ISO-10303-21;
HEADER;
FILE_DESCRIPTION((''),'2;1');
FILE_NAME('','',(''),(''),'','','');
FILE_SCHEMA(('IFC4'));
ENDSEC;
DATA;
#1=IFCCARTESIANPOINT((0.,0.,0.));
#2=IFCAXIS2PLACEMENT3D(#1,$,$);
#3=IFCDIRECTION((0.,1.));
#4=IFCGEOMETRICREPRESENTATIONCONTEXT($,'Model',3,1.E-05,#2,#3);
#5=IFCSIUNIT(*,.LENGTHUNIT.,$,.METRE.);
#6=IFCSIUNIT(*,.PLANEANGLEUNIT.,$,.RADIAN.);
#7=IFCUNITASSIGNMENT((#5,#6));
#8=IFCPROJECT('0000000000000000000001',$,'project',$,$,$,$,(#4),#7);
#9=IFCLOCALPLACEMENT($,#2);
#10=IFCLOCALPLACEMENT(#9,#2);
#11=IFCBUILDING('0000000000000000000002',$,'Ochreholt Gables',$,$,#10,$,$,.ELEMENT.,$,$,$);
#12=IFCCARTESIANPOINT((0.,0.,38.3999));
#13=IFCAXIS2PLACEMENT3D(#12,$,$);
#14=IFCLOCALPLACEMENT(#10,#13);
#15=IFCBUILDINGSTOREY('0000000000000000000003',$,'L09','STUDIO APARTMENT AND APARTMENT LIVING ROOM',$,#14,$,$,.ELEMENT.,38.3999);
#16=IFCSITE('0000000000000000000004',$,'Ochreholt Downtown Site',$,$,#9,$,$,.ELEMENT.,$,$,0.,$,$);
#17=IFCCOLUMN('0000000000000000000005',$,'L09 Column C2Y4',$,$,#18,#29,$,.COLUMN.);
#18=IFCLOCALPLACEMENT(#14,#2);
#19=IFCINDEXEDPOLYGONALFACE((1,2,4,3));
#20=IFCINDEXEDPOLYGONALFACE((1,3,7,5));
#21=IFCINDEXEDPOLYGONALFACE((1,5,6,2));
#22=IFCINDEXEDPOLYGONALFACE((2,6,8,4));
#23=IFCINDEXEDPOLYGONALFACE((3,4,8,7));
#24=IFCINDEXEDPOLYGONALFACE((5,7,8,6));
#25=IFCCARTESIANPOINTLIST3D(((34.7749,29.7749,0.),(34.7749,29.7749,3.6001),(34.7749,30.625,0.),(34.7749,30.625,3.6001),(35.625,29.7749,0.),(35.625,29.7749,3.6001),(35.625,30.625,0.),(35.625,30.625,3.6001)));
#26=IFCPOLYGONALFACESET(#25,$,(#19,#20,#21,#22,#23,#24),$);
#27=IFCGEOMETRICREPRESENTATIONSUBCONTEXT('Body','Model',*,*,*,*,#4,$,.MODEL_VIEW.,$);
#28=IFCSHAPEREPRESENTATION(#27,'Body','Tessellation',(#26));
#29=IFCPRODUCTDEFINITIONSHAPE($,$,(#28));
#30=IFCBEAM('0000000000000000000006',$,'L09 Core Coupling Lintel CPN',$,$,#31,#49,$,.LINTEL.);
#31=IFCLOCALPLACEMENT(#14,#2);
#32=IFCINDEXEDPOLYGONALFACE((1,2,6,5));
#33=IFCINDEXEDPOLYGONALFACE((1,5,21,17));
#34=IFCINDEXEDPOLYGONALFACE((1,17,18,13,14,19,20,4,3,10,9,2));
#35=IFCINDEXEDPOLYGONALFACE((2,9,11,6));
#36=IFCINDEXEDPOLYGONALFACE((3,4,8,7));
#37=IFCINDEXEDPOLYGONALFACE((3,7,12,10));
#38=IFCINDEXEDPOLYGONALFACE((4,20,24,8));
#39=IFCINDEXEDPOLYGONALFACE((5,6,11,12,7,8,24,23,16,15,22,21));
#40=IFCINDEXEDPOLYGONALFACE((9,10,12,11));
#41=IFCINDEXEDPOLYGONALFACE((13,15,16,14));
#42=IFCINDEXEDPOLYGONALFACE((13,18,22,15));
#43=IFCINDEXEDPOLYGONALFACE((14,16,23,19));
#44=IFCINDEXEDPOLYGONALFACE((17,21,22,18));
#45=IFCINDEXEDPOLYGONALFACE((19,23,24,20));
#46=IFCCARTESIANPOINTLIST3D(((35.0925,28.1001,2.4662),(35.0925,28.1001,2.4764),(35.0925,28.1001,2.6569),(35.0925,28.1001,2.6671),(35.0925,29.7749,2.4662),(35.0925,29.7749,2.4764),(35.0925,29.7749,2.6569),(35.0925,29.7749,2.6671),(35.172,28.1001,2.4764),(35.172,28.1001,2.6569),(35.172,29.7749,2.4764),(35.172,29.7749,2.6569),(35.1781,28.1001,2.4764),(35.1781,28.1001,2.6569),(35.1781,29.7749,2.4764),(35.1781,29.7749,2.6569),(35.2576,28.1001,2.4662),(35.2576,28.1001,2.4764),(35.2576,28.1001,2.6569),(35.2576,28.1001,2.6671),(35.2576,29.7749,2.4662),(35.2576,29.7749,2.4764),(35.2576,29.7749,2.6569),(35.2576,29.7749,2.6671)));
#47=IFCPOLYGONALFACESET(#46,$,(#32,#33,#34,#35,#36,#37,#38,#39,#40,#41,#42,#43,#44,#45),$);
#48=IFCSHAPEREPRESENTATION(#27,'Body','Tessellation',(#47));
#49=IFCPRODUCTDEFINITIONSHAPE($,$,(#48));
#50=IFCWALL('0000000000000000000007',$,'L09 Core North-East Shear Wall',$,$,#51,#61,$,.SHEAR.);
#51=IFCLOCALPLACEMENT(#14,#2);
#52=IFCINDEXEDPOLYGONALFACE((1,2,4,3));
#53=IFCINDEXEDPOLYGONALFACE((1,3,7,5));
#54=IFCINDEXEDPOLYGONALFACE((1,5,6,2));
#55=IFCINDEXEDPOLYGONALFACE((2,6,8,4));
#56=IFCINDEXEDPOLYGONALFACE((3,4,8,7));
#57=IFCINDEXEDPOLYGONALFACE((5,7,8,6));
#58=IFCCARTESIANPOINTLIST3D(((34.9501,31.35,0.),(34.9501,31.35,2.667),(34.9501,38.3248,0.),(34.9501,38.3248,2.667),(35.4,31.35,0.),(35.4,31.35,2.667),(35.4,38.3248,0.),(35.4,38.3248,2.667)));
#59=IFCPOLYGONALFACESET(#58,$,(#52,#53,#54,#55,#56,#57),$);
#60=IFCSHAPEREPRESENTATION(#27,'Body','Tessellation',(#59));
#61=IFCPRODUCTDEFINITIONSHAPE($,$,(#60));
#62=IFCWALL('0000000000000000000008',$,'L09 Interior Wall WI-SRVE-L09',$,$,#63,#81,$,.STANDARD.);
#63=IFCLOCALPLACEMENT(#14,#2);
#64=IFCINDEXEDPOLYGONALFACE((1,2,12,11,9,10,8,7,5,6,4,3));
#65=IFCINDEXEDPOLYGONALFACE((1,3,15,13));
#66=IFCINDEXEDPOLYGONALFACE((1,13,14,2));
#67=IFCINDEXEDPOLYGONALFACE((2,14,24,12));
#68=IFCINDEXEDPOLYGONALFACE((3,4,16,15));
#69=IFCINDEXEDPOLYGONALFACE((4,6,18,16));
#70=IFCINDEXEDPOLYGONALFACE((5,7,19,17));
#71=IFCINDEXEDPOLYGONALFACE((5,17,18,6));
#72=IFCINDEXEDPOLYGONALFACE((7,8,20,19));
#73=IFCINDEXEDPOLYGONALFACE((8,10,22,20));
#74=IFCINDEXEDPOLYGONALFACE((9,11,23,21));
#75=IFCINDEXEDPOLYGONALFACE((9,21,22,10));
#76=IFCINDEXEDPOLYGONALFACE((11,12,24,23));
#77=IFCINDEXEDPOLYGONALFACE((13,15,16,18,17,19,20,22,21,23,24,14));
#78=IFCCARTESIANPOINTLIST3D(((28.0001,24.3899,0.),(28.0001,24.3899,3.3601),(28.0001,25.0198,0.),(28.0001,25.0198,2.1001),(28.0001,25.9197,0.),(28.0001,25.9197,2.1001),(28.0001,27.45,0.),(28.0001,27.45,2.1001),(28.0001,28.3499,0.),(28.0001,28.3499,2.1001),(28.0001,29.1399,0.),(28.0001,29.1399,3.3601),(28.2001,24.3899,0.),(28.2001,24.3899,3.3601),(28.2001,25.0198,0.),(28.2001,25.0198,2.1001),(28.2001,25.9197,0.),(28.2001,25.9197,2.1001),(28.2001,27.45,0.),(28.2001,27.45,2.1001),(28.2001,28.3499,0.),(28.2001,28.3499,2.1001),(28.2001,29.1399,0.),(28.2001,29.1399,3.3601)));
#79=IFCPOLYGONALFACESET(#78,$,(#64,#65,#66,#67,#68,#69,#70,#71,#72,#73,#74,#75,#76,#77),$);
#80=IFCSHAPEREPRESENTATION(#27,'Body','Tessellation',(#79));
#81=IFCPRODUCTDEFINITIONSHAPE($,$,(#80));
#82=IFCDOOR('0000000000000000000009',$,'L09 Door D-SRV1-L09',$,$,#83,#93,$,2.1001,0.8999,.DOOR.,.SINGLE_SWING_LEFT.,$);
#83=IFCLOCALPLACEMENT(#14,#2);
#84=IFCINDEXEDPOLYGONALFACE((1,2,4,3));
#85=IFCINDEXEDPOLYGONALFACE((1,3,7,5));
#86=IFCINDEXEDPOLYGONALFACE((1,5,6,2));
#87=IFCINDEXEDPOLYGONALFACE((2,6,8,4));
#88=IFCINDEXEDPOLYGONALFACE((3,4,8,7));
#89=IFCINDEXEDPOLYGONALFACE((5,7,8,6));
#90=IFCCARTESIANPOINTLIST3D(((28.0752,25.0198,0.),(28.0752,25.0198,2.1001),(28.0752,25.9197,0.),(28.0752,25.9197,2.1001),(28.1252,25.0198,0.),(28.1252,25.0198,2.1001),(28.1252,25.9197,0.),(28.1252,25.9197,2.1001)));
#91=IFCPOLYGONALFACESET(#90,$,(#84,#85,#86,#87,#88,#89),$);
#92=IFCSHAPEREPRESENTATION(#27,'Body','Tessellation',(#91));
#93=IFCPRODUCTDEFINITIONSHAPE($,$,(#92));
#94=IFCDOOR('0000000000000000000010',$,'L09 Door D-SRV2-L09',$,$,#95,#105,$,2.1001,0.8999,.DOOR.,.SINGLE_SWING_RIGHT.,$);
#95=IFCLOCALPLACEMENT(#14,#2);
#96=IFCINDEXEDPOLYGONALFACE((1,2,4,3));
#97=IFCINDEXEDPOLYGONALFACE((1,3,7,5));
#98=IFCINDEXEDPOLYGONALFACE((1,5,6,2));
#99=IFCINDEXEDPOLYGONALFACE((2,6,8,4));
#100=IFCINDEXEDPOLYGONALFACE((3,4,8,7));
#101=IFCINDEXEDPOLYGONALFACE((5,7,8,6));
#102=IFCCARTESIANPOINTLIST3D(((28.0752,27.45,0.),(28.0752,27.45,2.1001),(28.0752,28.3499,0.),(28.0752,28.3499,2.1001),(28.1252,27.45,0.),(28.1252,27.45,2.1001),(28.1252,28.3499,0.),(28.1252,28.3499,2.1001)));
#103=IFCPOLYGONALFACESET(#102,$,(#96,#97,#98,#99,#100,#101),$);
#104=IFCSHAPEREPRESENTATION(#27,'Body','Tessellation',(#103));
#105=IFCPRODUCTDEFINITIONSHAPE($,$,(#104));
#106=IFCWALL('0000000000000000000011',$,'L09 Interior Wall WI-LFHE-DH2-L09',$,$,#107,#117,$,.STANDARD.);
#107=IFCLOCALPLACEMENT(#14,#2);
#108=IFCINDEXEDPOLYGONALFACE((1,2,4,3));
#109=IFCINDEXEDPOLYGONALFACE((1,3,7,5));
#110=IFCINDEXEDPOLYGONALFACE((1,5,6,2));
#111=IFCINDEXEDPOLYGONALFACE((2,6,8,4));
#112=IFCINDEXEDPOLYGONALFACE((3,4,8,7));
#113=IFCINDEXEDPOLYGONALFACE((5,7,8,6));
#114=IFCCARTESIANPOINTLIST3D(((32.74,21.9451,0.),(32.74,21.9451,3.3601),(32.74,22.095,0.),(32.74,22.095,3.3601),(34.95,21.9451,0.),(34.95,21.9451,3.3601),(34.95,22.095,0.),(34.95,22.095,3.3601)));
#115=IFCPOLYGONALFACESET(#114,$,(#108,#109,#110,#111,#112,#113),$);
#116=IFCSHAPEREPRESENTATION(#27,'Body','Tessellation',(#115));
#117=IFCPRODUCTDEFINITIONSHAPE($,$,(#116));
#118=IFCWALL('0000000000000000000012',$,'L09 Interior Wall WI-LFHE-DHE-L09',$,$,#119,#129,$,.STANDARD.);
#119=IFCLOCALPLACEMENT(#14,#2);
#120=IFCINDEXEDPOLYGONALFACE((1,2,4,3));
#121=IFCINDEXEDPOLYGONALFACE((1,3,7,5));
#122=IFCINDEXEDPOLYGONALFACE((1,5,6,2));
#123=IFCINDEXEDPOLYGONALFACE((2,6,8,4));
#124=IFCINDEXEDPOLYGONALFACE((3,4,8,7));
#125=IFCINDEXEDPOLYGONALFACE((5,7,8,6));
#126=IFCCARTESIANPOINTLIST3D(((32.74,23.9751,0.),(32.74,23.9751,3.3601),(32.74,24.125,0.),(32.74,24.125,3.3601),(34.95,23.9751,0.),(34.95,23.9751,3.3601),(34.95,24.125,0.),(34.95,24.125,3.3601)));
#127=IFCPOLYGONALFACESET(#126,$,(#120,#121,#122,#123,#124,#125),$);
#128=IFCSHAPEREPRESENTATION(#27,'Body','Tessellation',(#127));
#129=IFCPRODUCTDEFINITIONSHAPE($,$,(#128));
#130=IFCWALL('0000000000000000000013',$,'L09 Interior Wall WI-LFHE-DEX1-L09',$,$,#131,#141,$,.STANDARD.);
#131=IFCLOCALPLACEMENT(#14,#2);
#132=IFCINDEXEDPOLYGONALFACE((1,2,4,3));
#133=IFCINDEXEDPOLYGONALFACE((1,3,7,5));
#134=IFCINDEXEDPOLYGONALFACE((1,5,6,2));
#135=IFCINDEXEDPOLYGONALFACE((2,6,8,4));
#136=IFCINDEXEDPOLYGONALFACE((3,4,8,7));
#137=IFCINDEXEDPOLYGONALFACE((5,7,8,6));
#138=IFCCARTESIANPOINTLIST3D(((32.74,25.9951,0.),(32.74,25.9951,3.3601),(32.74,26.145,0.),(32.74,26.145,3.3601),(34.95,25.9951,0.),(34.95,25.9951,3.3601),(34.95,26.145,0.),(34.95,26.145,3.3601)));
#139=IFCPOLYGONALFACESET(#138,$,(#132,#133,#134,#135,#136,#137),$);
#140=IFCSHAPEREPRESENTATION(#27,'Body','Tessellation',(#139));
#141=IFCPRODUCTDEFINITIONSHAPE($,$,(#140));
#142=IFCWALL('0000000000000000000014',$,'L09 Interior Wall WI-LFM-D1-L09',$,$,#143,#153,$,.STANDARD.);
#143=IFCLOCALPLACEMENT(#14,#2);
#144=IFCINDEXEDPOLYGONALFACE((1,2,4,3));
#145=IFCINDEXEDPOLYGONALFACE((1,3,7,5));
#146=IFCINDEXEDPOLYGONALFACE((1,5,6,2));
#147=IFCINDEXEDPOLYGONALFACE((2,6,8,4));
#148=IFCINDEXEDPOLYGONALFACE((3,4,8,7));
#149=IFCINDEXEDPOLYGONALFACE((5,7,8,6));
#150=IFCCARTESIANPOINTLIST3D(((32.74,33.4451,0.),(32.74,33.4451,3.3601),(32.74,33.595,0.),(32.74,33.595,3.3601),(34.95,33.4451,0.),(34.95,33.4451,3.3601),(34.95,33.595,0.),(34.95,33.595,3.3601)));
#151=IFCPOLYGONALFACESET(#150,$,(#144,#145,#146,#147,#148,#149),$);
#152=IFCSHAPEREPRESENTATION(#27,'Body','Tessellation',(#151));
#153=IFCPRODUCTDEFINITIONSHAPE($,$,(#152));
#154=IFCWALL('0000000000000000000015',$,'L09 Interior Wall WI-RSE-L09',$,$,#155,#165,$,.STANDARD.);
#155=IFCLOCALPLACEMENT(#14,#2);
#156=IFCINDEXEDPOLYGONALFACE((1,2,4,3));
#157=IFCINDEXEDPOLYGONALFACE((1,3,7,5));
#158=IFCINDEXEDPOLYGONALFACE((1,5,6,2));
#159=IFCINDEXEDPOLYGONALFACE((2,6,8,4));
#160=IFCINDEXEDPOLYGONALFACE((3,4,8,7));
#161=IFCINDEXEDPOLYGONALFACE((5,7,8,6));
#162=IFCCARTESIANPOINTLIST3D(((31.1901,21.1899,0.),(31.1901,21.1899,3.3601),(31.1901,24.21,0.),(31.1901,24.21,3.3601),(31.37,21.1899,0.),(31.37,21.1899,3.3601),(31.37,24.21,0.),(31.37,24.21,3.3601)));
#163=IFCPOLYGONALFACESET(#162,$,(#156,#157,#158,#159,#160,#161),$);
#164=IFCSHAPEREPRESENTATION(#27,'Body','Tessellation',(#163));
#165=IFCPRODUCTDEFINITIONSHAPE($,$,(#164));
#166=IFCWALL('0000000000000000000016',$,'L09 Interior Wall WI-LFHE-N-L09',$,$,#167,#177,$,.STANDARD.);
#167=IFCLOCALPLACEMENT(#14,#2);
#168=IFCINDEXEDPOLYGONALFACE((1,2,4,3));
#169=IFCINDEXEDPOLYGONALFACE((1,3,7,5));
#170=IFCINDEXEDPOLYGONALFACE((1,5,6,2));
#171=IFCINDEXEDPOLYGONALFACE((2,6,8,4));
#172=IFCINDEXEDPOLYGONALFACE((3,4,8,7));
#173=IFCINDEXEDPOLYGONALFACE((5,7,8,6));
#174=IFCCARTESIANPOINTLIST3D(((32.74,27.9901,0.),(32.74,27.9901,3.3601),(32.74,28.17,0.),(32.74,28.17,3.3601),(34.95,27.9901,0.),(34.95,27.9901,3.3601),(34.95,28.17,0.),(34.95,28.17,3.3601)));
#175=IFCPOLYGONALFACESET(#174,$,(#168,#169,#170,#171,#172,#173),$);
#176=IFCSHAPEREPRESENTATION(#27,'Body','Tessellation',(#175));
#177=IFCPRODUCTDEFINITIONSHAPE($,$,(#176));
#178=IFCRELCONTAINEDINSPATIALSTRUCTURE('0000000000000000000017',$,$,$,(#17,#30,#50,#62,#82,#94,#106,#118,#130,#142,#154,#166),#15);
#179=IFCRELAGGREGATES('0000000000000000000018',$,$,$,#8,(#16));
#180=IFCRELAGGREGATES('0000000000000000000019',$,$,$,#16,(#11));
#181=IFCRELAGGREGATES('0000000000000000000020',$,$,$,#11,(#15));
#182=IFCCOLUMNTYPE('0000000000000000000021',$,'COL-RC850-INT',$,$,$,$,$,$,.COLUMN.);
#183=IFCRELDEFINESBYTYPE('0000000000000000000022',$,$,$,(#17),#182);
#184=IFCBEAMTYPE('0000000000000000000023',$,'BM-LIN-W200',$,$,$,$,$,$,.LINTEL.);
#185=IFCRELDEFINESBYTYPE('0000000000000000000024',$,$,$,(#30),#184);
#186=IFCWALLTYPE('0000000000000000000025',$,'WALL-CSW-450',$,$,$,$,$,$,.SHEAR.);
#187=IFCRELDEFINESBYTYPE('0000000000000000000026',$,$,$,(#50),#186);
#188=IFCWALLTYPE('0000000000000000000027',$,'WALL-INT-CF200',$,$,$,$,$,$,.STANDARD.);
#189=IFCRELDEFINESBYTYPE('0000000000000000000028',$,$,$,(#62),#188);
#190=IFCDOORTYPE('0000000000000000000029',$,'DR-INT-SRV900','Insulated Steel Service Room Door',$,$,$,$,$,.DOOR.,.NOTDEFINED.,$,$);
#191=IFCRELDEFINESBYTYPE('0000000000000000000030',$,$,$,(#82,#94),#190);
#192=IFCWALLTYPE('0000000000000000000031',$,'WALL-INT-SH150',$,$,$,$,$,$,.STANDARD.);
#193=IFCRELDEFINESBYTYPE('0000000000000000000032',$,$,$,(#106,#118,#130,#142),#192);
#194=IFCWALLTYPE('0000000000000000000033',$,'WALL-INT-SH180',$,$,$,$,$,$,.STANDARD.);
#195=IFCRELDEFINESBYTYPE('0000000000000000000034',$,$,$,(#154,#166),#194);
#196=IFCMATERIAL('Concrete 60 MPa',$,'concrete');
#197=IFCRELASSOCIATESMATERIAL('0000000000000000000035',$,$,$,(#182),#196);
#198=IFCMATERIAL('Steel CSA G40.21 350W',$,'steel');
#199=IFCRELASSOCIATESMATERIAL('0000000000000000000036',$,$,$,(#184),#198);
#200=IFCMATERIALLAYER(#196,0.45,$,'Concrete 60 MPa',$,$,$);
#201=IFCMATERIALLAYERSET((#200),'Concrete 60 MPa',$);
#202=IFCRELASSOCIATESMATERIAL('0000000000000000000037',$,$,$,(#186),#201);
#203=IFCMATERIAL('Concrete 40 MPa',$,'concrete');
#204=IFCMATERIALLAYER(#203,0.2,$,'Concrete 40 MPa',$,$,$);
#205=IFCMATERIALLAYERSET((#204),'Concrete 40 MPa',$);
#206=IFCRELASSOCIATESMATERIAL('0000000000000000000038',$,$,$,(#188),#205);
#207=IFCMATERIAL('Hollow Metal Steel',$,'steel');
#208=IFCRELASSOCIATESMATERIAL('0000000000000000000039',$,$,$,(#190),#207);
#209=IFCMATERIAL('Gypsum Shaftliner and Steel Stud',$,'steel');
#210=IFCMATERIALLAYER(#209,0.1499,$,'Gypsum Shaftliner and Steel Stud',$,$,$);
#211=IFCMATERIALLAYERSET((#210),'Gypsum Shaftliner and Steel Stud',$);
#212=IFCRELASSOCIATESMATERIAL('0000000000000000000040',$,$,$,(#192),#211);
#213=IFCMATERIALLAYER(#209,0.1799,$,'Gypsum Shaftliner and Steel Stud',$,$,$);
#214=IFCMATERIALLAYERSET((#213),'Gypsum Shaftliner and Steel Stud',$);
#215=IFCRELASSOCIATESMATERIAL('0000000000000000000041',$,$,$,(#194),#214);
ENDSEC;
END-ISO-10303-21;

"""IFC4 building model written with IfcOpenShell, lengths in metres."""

from ifc_helpers import new_model, si_unit, direction, frame, frame_2d, origin, origin_2d, place, context, subcontext, project, spatial, rectangle, i_section, extrude, material, layer, layer_set, material_profile, profile_set, type_object, element, fill, save


model = new_model("IFC4")

# Units and contexts
model_context = context("Model", 3, precision=1e-05, world=origin(), true_north=direction((0.0, 1.0)))
body_context = subcontext(model_context, "Body", "Model", "MODEL_VIEW")
ifc_project = project(units=[si_unit("LENGTHUNIT", "METRE"), si_unit("PLANEANGLEUNIT", "RADIAN")], contexts=[model_context])

# Site, building, storey
site_placement = place(None, origin())
site = spatial("IfcSite", under=ifc_project, at=site_placement, Name="Ochreholt Downtown Site", CompositionType="ELEMENT", RefElevation=0.0)
building_placement = place(site_placement, origin())
building = spatial("IfcBuilding", under=site, at=building_placement, Name="Ochreholt Gables", CompositionType="ELEMENT")
storey_placement = place(building_placement, frame((0.0, 0.0, 38.3999)))
storey = spatial("IfcBuildingStorey", under=building, at=storey_placement, Name="L09", Description="STUDIO APARTMENT AND APARTMENT LIVING ROOM", CompositionType="ELEMENT", Elevation=38.3999)

# Column
ifc_material_1 = material(Name="Concrete 60 MPa", Category="concrete")
ifc_material_profile_1 = material_profile(ifc_material_1, rectangle(XDim=0.8501, YDim=0.8501, at=origin_2d()), Name="RC850X850")
ifc_profile_set_1 = profile_set([ifc_material_profile_1], Name="Concrete 60 MPa")
column_type = type_object("IfcColumnType", Name="COL-RC850-INT", PredefinedType="COLUMN", material=ifc_profile_set_1)
column_placement = place(storey_placement, frame((35.2, 30.2, 0.0), z_axis=(0.0, 0.0, 1.0), x_axis=(1.0, 0.0, 0.0)))
element("IfcColumn", 1, at=column_placement, inside=storey, type_object=column_type, Name="L09 Column C2Y4", PredefinedType="COLUMN", context=body_context, shape_type="SweptSolid", body=[
    extrude(rectangle(XDim=0.8501, YDim=0.8501, at=origin_2d()), origin(), (0.0, 0.0, 1.0), 3.6001),
])

# Beam
ifc_material_2 = material(Name="Steel CSA G40.21 350W", Category="steel")
ifc_material_profile_2 = material_profile(ifc_material_2, i_section(OverallWidth=0.165, OverallDepth=0.2009, WebThickness=0.0061, FlangeThickness=0.0103, at=origin_2d()), Name="W200X36")
ifc_profile_set_2 = profile_set([ifc_material_profile_2], Name="Steel CSA G40.21 350W")
beam_type = type_object("IfcBeamType", Name="BM-LIN-W200", PredefinedType="LINTEL", material=ifc_profile_set_2)
beam_placement = place(storey_placement, frame((35.175, 28.1001, 2.5667), z_axis=(0.0, 1.0, 0.0), x_axis=(-1.0, 0.0, 0.0)))
element("IfcBeam", 2, at=beam_placement, inside=storey, type_object=beam_type, Name="L09 Core Coupling Lintel CPN", PredefinedType="LINTEL", context=body_context, shape_type="SweptSolid", body=[
    extrude(i_section(OverallWidth=0.165, OverallDepth=0.2009, WebThickness=0.0061, FlangeThickness=0.0103, at=origin_2d()), origin(), (0.0, 0.0, 1.0), 1.6748),
])

# Wall
ifc_layer_1 = layer(ifc_material_1, 0.45, Name="Concrete 60 MPa")
ifc_layer_set_1 = layer_set([ifc_layer_1], Name="Concrete 60 MPa")
wall_type_1 = type_object("IfcWallType", Name="WALL-CSW-450", PredefinedType="SHEAR", material=ifc_layer_set_1)
wall_1_placement = place(storey_placement, frame((35.175, 31.3501, 0.0), z_axis=(0.0, 0.0, 1.0), x_axis=(0.0, 1.0, 0.0)))
element("IfcWall", 3, at=wall_1_placement, inside=storey, type_object=wall_type_1, Name="L09 Core North-East Shear Wall", PredefinedType="SHEAR", context=body_context, shape_type="SweptSolid", body=[
    extrude(rectangle(XDim=6.9749, YDim=0.45, at=frame_2d((3.4873, 0.0))), origin(), (0.0, 0.0, 1.0), 2.667),
])

# Wall, openings, doors
ifc_material_3 = material(Name="Concrete 40 MPa", Category="concrete")
ifc_layer_2 = layer(ifc_material_3, 0.2, Name="Concrete 40 MPa")
ifc_layer_set_2 = layer_set([ifc_layer_2], Name="Concrete 40 MPa")
wall_type_2 = type_object("IfcWallType", Name="WALL-INT-CF200", PredefinedType="STANDARD", material=ifc_layer_set_2)
wall_2_placement = place(storey_placement, frame((28.1001, 24.3899, 0.0), z_axis=(0.0, 0.0, 1.0), x_axis=(0.0, 1.0, 0.0)))
wall_2 = element("IfcWall", 4, at=wall_2_placement, inside=storey, type_object=wall_type_2, Name="L09 Interior Wall WI-SRVE-L09", PredefinedType="STANDARD", context=body_context, shape_type="SweptSolid", body=[
    extrude(rectangle(XDim=4.75, YDim=0.2, at=frame_2d((2.375, 0.0))), origin(), (0.0, 0.0, 1.0), 3.3601),
])
opening_1_placement = place(wall_2_placement, frame((0.6299, 0.0, 0.0)))
opening_1 = element("IfcOpeningElement", 5, at=opening_1_placement, cuts=wall_2, PredefinedType="OPENING", context=body_context, shape_type="SweptSolid", body=[
    extrude(rectangle(XDim=0.8999, YDim=2.1001, at=frame_2d((0.45, 1.05))), frame((0.0, 0.1099, 0.0), z_axis=(0.0, -1.0, 0.0), x_axis=(1.0, 0.0, 0.0)), (0.0, 0.0, 1.0), 0.22),
])
opening_2_placement = place(wall_2_placement, frame((3.0601, 0.0, 0.0)))
opening_2 = element("IfcOpeningElement", 6, at=opening_2_placement, cuts=wall_2, PredefinedType="OPENING", context=body_context, shape_type="SweptSolid", body=[
    extrude(rectangle(XDim=0.8999, YDim=2.1001, at=frame_2d((0.45, 1.05))), frame((0.0, 0.1099, 0.0), z_axis=(0.0, -1.0, 0.0), x_axis=(1.0, 0.0, 0.0)), (0.0, 0.0, 1.0), 0.22),
])
ifc_material_4 = material(Name="Hollow Metal Steel", Category="steel")
door_type = type_object("IfcDoorType", Name="DR-INT-SRV900", Description="Insulated Steel Service Room Door", OperationType="NOTDEFINED", PredefinedType="DOOR", material=ifc_material_4)
door_1_placement = place(opening_1_placement, origin())
door_1 = element("IfcDoor", 7, at=door_1_placement, inside=storey, type_object=door_type, Name="L09 Door D-SRV1-L09", OperationType="SINGLE_SWING_LEFT", OverallHeight=2.1001, OverallWidth=0.8999, PredefinedType="DOOR", context=body_context, shape_type="SweptSolid", body=[
    extrude(rectangle(XDim=0.8999, YDim=2.1001, at=frame_2d((0.45, 1.05))), frame((0.0, 0.0249, 0.0), z_axis=(0.0, -1.0, 0.0), x_axis=(1.0, 0.0, 0.0)), (0.0, 0.0, 1.0), 0.05),
])
fill(opening_1, door_1)
door_2_placement = place(opening_2_placement, origin())
door_2 = element("IfcDoor", 8, at=door_2_placement, inside=storey, type_object=door_type, Name="L09 Door D-SRV2-L09", OperationType="SINGLE_SWING_RIGHT", OverallHeight=2.1001, OverallWidth=0.8999, PredefinedType="DOOR", context=body_context, shape_type="SweptSolid", body=[
    extrude(rectangle(XDim=0.8999, YDim=2.1001, at=frame_2d((0.45, 1.05))), frame((0.0, 0.0249, 0.0), z_axis=(0.0, -1.0, 0.0), x_axis=(1.0, 0.0, 0.0)), (0.0, 0.0, 1.0), 0.05),
])
fill(opening_2, door_2)

# Walls
ifc_material_5 = material(Name="Gypsum Shaftliner and Steel Stud", Category="steel")
ifc_layer_3 = layer(ifc_material_5, 0.1499, Name="Gypsum Shaftliner and Steel Stud")
ifc_layer_set_3 = layer_set([ifc_layer_3], Name="Gypsum Shaftliner and Steel Stud")
wall_type_3 = type_object("IfcWallType", Name="WALL-INT-SH150", PredefinedType="STANDARD", material=ifc_layer_set_3)
for number, where, z_axis, x_axis, name in (
    (9, (32.74, 22.02, 0.0), (0.0, 0.0, 1.0), (1.0, 0.0, 0.0), "L09 Interior Wall WI-LFHE-DH2-L09"),
    (10, (32.74, 24.05, 0.0), (0.0, 0.0, 1.0), (1.0, 0.0, 0.0), "L09 Interior Wall WI-LFHE-DHE-L09"),
    (11, (32.74, 26.0701, 0.0), (0.0, 0.0, 1.0), (1.0, 0.0, 0.0), "L09 Interior Wall WI-LFHE-DEX1-L09"),
    (12, (32.74, 33.52, 0.0), (0.0, 0.0, 1.0), (1.0, 0.0, 0.0), "L09 Interior Wall WI-LFM-D1-L09"),
):
    element("IfcWall", number, at=place(storey_placement, frame(where, z_axis=z_axis, x_axis=x_axis)), inside=storey, type_object=wall_type_3, Name=name, PredefinedType="STANDARD", context=body_context, shape_type="SweptSolid", body=[
        extrude(rectangle(XDim=2.21, YDim=0.1499, at=frame_2d((1.105, 0.0))), origin(), (0.0, 0.0, 1.0), 3.3601),
    ])
ifc_layer_4 = layer(ifc_material_5, 0.1799, Name="Gypsum Shaftliner and Steel Stud")
ifc_layer_set_4 = layer_set([ifc_layer_4], Name="Gypsum Shaftliner and Steel Stud")
wall_type_4 = type_object("IfcWallType", Name="WALL-INT-SH180", PredefinedType="STANDARD", material=ifc_layer_set_4)
wall_3_placement = place(storey_placement, frame((31.28, 21.1899, 0.0), z_axis=(0.0, 0.0, 1.0), x_axis=(0.0, 1.0, 0.0)))
element("IfcWall", 13, at=wall_3_placement, inside=storey, type_object=wall_type_4, Name="L09 Interior Wall WI-RSE-L09", PredefinedType="STANDARD", context=body_context, shape_type="SweptSolid", body=[
    extrude(rectangle(XDim=3.02, YDim=0.1799, at=frame_2d((1.51, 0.0))), origin(), (0.0, 0.0, 1.0), 3.3601),
])
wall_4_placement = place(storey_placement, frame((32.74, 28.0801, 0.0), z_axis=(0.0, 0.0, 1.0), x_axis=(1.0, 0.0, 0.0)))
element("IfcWall", 14, at=wall_4_placement, inside=storey, type_object=wall_type_4, Name="L09 Interior Wall WI-LFHE-N-L09", PredefinedType="STANDARD", context=body_context, shape_type="SweptSolid", body=[
    extrude(rectangle(XDim=2.21, YDim=0.1799, at=frame_2d((1.105, 0.0))), origin(), (0.0, 0.0, 1.0), 3.3601),
])

save(model, "model.ifc")
